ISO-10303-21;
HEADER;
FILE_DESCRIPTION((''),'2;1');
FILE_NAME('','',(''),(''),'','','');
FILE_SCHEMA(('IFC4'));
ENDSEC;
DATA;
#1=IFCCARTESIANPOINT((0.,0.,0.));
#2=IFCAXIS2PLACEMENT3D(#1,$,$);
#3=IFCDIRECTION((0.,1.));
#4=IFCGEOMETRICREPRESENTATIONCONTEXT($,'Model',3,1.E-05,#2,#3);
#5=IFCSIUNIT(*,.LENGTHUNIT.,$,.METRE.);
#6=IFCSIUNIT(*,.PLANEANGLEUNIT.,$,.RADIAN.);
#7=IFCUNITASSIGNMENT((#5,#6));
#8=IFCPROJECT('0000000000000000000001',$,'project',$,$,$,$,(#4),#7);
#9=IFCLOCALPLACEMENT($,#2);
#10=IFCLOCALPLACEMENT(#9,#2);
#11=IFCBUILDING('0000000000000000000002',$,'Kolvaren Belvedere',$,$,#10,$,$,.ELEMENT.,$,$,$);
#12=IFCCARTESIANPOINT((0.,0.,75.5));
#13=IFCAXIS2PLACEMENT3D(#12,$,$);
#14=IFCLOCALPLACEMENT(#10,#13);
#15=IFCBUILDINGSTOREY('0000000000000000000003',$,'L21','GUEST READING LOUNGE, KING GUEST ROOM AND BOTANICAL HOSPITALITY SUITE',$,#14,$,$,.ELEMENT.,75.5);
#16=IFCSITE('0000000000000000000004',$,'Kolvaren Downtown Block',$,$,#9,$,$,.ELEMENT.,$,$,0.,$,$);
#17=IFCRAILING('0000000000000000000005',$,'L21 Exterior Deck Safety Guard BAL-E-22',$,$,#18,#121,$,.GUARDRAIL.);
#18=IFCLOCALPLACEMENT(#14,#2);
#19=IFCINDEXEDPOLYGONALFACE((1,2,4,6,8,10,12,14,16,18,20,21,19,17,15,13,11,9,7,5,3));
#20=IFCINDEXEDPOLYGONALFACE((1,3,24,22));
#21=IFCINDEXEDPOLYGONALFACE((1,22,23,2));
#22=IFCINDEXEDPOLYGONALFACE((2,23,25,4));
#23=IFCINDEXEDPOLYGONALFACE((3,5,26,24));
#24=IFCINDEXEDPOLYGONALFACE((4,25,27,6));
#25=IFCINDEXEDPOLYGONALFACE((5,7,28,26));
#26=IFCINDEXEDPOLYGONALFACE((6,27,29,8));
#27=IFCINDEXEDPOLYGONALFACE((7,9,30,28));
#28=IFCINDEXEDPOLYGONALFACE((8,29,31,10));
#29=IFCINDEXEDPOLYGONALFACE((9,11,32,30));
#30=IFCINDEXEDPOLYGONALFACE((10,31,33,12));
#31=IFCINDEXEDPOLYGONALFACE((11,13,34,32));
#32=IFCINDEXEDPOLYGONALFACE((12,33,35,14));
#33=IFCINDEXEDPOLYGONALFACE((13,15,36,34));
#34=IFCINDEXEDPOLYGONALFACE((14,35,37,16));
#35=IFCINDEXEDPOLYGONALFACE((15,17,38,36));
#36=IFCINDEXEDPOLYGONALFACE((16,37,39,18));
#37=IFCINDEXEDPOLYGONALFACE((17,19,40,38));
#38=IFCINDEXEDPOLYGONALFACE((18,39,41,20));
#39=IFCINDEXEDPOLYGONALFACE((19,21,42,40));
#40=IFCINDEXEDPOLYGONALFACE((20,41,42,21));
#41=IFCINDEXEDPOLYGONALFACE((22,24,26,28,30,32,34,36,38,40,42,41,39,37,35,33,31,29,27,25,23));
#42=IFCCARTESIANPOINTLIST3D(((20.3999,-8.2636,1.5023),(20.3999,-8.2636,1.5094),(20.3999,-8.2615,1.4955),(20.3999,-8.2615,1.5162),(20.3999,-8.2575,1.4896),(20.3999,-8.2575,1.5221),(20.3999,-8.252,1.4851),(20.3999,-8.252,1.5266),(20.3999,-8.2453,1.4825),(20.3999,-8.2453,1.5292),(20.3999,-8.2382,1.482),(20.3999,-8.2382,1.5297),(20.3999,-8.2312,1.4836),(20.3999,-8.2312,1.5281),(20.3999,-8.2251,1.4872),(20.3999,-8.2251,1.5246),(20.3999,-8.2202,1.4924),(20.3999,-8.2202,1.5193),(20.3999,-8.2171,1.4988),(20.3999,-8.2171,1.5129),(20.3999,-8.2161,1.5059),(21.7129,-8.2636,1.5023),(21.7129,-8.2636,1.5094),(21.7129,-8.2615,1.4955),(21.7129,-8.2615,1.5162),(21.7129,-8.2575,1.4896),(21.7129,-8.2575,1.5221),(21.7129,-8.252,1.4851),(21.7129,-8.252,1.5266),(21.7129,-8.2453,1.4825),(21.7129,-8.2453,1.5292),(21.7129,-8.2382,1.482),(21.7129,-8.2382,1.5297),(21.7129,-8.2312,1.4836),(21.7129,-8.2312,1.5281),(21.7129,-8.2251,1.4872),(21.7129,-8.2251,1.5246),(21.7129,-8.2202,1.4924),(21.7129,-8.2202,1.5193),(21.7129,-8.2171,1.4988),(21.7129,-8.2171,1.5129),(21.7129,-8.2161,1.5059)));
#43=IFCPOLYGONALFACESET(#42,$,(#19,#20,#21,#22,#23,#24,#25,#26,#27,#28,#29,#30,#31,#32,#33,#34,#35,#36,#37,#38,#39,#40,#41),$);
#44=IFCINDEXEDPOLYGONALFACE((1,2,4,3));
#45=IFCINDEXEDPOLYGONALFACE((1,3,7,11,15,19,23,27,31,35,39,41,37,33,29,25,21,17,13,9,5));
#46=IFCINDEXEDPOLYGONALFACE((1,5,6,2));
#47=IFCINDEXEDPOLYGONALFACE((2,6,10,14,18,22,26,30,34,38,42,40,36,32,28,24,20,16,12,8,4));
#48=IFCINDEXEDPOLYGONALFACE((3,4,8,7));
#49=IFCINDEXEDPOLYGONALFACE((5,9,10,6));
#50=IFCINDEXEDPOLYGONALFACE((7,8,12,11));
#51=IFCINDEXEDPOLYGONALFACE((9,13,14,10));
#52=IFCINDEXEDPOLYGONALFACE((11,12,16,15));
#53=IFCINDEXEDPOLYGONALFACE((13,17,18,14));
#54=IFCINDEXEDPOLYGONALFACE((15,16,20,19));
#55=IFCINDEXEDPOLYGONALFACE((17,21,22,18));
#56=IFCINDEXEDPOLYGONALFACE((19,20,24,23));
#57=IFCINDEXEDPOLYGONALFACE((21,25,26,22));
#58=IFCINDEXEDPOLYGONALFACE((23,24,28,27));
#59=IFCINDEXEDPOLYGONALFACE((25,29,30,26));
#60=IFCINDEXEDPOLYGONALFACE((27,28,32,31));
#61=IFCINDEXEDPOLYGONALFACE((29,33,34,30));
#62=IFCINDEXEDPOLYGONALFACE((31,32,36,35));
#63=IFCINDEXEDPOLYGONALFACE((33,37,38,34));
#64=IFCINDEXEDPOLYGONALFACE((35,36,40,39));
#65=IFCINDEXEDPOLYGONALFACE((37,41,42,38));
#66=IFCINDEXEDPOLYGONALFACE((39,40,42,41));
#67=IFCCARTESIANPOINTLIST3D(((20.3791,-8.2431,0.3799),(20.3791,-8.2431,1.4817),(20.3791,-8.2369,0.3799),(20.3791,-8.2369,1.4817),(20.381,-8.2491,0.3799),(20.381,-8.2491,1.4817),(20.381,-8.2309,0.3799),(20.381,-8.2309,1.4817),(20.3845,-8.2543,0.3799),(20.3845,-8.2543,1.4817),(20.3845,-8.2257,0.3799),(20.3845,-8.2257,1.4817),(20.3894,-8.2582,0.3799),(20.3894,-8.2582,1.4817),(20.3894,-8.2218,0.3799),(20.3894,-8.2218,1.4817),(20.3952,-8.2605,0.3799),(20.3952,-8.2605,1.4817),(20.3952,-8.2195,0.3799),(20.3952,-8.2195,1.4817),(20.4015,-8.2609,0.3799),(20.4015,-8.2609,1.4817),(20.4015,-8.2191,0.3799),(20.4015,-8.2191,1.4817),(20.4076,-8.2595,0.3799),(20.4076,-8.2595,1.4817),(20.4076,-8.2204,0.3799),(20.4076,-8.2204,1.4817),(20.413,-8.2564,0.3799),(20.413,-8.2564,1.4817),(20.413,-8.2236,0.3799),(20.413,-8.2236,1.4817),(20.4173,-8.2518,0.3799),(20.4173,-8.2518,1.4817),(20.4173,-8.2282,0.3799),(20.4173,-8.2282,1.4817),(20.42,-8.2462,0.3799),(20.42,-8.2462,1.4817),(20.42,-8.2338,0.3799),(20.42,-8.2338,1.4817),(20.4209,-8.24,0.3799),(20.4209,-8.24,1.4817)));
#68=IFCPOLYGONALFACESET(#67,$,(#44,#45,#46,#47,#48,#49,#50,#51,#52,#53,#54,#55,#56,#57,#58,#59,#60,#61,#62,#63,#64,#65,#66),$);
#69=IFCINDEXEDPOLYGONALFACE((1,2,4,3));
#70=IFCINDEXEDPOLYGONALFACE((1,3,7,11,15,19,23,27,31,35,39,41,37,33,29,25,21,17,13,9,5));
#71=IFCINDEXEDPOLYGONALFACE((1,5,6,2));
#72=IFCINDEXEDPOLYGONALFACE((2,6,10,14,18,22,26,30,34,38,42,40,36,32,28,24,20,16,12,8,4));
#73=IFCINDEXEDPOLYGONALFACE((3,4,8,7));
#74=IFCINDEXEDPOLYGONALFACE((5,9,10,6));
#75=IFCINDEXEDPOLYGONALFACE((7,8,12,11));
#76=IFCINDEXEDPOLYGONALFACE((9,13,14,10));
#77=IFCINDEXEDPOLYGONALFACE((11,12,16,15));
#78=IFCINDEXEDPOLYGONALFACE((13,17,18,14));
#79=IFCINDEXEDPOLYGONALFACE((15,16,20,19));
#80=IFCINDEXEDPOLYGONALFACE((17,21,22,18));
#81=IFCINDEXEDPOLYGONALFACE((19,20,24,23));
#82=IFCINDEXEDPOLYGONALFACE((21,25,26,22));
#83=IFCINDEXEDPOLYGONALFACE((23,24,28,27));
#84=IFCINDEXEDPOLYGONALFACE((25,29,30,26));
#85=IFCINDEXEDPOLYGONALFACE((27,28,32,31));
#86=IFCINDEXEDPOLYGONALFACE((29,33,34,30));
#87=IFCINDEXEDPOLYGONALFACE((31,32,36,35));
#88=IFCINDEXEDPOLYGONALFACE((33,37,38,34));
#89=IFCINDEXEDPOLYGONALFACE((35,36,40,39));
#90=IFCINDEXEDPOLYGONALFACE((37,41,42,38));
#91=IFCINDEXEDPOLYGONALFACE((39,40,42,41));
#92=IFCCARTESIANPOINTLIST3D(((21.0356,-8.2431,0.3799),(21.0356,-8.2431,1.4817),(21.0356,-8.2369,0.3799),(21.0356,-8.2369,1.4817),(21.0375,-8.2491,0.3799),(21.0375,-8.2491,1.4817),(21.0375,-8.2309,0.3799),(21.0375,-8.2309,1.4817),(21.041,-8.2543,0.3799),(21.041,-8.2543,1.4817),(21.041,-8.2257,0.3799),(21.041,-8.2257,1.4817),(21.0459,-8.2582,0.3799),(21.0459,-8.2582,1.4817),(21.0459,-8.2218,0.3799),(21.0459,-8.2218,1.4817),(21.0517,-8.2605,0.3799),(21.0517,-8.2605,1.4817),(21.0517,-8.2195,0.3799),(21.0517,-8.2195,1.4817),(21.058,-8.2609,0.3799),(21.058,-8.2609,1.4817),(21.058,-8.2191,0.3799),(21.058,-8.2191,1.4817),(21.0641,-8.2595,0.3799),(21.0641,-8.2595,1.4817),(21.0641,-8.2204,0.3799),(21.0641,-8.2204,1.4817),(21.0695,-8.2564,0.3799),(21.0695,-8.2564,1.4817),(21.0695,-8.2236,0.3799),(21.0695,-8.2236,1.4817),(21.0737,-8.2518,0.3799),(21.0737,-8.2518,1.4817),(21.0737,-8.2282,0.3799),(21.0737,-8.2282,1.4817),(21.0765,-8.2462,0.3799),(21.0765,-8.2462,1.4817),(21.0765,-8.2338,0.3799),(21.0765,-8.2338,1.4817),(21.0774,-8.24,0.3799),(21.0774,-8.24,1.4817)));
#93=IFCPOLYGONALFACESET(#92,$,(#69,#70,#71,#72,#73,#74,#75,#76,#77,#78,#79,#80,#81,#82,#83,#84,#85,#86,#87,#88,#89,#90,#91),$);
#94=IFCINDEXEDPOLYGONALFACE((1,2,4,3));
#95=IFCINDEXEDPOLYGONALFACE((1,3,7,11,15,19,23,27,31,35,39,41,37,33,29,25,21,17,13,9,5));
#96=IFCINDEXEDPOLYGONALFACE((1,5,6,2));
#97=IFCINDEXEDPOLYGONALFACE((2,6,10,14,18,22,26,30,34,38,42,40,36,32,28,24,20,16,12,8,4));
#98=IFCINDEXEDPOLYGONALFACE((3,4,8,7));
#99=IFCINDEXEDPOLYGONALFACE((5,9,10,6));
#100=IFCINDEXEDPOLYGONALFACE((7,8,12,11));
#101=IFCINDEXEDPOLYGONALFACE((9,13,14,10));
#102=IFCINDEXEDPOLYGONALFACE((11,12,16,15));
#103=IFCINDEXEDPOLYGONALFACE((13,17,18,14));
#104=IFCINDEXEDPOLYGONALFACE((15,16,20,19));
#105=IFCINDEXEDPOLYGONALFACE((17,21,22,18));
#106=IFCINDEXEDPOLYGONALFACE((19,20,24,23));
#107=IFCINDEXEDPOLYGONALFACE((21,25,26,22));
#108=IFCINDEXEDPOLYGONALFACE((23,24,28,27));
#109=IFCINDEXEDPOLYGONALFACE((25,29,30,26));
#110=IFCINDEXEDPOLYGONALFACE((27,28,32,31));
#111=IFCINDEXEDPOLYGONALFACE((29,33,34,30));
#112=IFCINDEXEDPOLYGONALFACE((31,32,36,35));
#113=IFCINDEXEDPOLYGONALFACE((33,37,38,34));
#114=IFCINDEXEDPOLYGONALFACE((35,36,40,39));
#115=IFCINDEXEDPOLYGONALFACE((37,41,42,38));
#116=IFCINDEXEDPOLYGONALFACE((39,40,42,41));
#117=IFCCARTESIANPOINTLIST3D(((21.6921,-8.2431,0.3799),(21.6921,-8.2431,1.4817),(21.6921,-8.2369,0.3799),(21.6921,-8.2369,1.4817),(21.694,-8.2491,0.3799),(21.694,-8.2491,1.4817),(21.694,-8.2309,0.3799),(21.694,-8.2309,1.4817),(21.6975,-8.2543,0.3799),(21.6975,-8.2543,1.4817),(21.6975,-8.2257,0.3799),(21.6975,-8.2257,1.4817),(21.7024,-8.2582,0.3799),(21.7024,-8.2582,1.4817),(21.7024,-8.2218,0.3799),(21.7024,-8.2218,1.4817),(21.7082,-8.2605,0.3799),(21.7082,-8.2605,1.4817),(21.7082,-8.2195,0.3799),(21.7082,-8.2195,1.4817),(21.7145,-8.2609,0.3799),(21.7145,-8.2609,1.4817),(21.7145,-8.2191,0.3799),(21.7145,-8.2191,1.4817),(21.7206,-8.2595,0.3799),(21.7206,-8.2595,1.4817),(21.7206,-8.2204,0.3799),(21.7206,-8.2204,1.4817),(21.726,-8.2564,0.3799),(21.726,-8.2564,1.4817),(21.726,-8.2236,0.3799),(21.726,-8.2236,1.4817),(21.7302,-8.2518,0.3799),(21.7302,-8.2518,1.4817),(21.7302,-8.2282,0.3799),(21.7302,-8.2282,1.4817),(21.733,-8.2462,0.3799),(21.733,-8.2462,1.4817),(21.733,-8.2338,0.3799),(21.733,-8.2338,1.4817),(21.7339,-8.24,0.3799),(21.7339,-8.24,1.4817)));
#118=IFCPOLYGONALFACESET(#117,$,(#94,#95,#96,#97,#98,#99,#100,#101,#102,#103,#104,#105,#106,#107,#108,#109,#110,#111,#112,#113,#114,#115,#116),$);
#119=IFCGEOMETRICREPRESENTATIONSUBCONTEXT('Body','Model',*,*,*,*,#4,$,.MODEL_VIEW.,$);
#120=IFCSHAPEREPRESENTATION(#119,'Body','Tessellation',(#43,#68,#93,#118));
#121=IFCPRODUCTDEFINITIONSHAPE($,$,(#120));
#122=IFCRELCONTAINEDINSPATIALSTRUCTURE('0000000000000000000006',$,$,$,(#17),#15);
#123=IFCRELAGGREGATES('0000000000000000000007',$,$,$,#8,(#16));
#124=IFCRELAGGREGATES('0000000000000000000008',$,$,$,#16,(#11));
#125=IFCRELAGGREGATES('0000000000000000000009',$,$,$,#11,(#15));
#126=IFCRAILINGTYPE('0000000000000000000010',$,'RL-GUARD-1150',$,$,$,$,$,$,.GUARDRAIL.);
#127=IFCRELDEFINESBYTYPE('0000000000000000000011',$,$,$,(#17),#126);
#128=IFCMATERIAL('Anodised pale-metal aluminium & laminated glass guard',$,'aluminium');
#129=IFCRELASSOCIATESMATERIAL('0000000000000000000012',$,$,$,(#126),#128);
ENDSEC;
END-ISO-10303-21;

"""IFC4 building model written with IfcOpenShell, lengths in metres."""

from ifc_helpers import new_model, si_unit, direction, frame, origin, origin_2d, place, context, subcontext, project, spatial, circle, extrude, material, type_object, element, save


model = new_model("IFC4")

# Units and contexts
model_context = context("Model", 3, precision=1e-05, world=origin(), true_north=direction((0.0, 1.0)))
body_context = subcontext(model_context, "Body", "Model", "MODEL_VIEW")
ifc_project = project(units=[si_unit("LENGTHUNIT", "METRE"), si_unit("PLANEANGLEUNIT", "RADIAN")], contexts=[model_context])

# Site, building, storey
site_placement = place(None, origin())
site = spatial("IfcSite", under=ifc_project, at=site_placement, Name="Kolvaren Downtown Block", CompositionType="ELEMENT", RefElevation=0.0)
building_placement = place(site_placement, origin())
building = spatial("IfcBuilding", under=site, at=building_placement, Name="Kolvaren Belvedere", CompositionType="ELEMENT")
storey_placement = place(building_placement, frame((0.0, 0.0, 75.5)))
storey = spatial("IfcBuildingStorey", under=building, at=storey_placement, Name="L21", Description="GUEST READING LOUNGE, KING GUEST ROOM AND BOTANICAL HOSPITALITY SUITE", CompositionType="ELEMENT", Elevation=75.5)

# Railing
ifc_material_1 = material(Name="Anodised pale-metal aluminium & laminated glass guard", Category="aluminium")
railing_type = type_object("IfcRailingType", Name="RL-GUARD-1150", PredefinedType="GUARDRAIL", material=ifc_material_1)
railing_1_placement = place(storey_placement, frame((20.3999, -8.24, 0.3799)))
element("IfcRailing", 1, at=railing_1_placement, inside=storey, type_object=railing_type, Name="L21 Exterior Deck Safety Guard BAL-E-22", PredefinedType="GUARDRAIL", context=body_context, shape_type="SweptSolid", body=[
    extrude(circle(Radius=0.0239, at=origin_2d()), frame((0.0, 0.0, 1.126), z_axis=(1.0, 0.0, 0.0), x_axis=(0.0, 1.0, 0.0)), (0.0, 0.0, 1.0), 1.313),
    extrude(circle(Radius=0.021, at=origin_2d()), origin(), (0.0, 0.0, 1.0), 1.1018),
    extrude(circle(Radius=0.021, at=origin_2d()), frame((0.6565, 0.0, 0.0)), (0.0, 0.0, 1.0), 1.1018),
    extrude(circle(Radius=0.021, at=origin_2d()), frame((1.313, 0.0, 0.0)), (0.0, 0.0, 1.0), 1.1018),
])

save(model, "model.ifc")
